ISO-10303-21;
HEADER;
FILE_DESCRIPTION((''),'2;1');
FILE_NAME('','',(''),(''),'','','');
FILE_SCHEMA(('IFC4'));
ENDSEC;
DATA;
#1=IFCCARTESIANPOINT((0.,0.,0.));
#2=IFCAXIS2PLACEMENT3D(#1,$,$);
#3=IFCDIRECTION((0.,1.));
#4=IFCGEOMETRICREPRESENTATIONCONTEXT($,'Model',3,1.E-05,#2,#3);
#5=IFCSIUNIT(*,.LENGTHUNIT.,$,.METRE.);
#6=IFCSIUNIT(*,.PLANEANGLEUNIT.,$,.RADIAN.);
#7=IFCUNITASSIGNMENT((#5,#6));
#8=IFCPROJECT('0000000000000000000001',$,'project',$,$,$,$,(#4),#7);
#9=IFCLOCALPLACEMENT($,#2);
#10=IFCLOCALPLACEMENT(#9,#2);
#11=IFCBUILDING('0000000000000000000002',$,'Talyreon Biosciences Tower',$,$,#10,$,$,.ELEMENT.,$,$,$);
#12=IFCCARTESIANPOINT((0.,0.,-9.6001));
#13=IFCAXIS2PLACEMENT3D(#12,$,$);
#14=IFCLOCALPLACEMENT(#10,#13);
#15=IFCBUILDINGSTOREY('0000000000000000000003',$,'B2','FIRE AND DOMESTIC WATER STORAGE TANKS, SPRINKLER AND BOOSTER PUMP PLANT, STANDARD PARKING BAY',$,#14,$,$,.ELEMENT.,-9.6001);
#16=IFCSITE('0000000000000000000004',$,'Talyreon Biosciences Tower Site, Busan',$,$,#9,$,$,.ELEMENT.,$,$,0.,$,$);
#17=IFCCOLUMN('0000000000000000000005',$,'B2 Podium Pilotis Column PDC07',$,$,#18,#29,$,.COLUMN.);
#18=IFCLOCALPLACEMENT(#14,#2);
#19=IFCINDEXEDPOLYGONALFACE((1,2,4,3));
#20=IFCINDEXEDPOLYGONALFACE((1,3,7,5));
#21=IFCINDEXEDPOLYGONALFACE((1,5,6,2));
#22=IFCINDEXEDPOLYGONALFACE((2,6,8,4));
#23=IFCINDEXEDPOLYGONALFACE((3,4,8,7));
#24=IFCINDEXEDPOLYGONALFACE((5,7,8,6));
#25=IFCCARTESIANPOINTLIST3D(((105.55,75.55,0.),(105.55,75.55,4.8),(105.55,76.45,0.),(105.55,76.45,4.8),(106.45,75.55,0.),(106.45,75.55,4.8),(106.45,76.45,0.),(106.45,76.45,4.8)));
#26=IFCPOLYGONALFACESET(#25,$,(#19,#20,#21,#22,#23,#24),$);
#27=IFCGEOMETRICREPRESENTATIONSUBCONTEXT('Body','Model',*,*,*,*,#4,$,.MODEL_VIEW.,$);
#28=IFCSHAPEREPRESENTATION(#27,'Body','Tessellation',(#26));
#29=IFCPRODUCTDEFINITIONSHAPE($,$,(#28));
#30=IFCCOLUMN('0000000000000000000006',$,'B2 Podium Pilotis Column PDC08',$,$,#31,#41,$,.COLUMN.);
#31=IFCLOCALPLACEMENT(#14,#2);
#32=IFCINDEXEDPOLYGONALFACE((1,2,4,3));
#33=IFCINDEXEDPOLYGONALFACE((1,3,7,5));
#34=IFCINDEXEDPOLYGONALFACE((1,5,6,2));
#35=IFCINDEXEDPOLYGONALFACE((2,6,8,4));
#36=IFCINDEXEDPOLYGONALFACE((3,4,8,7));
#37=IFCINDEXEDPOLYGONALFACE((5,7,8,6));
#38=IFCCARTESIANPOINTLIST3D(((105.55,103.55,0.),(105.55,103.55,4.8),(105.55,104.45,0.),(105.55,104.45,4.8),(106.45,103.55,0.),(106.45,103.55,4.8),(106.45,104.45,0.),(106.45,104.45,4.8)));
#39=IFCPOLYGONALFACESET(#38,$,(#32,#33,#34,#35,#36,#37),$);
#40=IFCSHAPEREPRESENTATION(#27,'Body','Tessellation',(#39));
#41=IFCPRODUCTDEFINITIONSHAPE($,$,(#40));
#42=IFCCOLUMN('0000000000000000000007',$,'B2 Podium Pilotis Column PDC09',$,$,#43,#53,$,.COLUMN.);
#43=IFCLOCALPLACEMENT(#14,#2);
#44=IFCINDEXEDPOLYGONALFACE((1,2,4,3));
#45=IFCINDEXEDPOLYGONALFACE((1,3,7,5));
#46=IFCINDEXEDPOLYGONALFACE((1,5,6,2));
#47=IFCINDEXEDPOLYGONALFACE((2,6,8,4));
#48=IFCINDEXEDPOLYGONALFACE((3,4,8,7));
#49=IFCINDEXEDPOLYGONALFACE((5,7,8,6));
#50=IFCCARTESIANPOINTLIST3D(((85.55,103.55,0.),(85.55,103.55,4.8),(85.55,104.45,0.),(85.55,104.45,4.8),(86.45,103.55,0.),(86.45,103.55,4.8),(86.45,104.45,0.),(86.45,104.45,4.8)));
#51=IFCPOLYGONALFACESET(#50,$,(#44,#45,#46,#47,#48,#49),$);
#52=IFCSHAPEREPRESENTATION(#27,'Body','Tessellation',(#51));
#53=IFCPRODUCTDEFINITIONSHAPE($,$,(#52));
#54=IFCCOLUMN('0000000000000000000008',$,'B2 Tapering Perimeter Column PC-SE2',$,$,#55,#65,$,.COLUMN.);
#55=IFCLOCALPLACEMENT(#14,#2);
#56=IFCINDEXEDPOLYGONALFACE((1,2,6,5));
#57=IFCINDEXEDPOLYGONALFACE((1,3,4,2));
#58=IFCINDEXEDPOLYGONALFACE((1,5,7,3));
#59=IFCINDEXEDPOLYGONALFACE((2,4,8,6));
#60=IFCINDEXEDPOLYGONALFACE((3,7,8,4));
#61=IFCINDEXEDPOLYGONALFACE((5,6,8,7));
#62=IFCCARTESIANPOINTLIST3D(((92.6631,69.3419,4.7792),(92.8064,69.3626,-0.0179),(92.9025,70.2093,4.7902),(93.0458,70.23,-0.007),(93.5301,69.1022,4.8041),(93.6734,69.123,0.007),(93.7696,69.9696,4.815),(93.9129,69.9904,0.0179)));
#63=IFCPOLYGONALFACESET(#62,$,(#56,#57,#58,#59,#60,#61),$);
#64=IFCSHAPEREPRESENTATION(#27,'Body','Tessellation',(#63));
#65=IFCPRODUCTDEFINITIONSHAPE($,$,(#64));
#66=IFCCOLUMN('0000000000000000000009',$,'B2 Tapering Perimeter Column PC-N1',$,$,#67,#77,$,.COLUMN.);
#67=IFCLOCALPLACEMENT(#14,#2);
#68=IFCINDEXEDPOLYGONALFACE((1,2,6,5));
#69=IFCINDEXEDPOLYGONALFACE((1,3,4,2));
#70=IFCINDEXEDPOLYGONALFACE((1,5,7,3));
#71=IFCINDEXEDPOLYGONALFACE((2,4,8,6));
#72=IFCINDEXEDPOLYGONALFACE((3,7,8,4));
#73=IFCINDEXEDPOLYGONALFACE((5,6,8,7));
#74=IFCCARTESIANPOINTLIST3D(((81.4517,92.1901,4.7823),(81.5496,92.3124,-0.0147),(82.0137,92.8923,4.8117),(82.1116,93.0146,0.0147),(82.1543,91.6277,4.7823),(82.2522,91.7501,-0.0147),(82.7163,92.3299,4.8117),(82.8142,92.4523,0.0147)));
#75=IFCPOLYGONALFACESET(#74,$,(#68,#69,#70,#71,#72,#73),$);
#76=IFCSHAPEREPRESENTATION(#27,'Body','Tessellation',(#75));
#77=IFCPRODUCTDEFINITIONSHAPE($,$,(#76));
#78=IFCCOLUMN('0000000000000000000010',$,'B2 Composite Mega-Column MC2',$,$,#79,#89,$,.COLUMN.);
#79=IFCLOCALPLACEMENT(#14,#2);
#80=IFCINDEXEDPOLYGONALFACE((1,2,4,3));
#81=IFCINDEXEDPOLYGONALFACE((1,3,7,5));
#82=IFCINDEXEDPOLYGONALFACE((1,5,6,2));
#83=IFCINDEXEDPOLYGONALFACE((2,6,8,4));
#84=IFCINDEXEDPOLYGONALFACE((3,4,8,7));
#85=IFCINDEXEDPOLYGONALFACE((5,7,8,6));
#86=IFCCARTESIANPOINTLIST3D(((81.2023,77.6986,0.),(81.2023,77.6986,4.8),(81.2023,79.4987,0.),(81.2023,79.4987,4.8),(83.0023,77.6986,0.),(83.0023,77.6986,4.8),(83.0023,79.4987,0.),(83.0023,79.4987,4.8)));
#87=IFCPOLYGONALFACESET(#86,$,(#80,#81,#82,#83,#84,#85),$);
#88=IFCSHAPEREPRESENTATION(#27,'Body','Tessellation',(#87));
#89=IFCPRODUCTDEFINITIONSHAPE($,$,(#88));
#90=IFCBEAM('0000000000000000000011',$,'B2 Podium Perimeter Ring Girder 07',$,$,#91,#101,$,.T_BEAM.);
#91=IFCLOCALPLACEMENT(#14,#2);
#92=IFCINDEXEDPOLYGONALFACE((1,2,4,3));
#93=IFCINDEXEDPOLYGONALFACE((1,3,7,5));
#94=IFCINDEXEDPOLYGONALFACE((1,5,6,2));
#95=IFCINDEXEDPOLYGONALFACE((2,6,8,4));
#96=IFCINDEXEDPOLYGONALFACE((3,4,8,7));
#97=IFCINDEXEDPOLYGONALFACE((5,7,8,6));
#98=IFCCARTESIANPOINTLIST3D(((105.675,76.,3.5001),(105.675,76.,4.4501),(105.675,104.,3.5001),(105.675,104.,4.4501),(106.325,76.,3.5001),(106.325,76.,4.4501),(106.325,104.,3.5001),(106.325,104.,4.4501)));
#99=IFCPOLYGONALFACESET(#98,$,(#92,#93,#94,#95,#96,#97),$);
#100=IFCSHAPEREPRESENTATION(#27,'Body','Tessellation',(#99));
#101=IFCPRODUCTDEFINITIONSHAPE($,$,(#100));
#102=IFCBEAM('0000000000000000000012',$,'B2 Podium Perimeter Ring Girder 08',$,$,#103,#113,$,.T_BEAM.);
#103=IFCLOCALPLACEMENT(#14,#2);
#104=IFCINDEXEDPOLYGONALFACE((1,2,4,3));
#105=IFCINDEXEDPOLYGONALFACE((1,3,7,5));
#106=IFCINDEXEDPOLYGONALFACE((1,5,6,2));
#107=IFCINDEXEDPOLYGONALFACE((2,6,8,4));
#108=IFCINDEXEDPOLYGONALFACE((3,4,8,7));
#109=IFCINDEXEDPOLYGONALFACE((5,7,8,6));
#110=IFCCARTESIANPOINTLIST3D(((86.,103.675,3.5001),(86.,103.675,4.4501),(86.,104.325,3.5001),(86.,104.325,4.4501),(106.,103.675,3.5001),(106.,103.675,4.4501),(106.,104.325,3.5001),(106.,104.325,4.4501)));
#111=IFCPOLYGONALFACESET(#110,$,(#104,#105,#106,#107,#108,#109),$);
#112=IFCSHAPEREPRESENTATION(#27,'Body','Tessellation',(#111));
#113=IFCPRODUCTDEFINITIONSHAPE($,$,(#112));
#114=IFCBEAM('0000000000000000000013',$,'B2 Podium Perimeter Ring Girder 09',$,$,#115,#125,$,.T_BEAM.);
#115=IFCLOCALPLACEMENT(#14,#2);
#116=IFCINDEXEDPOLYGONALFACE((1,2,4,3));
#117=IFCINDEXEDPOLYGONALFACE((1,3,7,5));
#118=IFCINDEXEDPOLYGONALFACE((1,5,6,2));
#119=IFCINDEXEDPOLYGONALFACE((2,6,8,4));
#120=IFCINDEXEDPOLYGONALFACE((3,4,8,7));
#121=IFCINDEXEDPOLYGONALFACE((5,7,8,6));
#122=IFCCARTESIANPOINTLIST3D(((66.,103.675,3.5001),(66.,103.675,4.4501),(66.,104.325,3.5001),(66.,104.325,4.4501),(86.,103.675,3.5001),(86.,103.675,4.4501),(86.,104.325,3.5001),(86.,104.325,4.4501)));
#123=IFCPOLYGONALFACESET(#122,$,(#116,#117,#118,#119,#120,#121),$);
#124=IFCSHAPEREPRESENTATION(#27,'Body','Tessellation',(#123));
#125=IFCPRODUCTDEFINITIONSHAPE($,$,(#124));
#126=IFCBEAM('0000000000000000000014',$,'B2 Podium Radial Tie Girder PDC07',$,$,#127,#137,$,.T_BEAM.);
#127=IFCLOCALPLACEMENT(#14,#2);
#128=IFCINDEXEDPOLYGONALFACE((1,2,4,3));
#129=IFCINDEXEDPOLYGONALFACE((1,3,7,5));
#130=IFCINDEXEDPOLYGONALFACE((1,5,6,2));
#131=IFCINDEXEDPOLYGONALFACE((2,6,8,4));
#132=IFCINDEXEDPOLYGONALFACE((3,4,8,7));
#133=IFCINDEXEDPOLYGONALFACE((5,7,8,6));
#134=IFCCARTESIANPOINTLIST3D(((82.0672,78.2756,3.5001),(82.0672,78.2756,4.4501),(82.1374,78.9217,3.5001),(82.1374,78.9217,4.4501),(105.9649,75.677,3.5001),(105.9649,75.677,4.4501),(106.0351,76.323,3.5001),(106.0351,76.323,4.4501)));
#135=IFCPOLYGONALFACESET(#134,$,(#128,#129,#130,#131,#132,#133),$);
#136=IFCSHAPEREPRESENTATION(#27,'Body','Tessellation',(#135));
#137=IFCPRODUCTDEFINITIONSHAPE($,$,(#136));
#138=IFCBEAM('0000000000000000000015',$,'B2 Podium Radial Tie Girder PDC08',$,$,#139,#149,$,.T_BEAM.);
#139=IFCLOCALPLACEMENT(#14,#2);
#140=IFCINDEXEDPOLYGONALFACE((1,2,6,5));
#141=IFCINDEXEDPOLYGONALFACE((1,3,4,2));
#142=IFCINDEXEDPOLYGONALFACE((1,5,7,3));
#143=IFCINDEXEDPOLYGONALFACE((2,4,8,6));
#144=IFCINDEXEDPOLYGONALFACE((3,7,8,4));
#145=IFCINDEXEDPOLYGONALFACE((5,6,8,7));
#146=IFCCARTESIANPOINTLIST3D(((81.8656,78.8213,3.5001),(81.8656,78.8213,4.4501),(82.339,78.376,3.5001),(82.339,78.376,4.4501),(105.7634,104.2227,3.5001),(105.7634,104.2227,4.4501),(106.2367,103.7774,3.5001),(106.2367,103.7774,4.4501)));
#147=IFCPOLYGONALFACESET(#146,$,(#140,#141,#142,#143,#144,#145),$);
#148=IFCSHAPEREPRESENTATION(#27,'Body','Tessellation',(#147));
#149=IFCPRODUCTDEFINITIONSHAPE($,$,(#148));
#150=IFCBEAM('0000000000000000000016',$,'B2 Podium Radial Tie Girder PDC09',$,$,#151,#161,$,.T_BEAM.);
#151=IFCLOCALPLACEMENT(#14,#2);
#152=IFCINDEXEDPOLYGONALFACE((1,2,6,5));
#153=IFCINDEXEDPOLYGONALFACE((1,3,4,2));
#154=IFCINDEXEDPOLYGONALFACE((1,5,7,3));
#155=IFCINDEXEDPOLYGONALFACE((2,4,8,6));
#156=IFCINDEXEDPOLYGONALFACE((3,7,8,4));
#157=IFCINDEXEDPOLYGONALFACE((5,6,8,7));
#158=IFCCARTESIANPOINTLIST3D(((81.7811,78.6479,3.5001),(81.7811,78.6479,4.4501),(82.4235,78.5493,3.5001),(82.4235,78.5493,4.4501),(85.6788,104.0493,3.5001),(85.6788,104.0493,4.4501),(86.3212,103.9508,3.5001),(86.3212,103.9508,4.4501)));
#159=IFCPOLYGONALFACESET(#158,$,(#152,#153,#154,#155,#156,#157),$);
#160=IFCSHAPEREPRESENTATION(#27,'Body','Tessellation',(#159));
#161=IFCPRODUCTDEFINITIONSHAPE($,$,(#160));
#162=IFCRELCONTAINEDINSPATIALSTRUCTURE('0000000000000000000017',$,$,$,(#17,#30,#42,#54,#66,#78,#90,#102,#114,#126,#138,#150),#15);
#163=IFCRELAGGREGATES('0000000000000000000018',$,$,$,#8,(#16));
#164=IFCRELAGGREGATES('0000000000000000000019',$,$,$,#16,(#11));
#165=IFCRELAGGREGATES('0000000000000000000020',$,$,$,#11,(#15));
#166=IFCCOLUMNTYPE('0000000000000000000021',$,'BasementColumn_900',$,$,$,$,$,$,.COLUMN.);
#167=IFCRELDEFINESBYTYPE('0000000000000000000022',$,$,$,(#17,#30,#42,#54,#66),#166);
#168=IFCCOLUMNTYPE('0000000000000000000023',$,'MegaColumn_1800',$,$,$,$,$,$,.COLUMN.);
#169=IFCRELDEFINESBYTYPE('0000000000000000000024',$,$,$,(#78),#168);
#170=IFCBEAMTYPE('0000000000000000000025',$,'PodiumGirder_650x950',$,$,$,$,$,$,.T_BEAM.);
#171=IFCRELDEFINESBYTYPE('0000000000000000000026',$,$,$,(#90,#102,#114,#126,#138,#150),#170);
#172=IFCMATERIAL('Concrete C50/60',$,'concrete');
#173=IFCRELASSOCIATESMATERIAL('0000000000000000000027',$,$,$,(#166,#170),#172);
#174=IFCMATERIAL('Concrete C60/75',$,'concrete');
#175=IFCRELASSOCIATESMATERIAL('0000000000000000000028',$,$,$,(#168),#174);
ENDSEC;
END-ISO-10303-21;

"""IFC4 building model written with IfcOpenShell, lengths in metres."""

from ifc_helpers import new_model, si_unit, direction, frame, origin, origin_2d, place, context, subcontext, project, spatial, rectangle, extrude, material, material_profile, profile_set, type_object, element, save


model = new_model("IFC4")

# Units and contexts
model_context = context("Model", 3, precision=1e-05, world=origin(), true_north=direction((0.0, 1.0)))
body_context = subcontext(model_context, "Body", "Model", "MODEL_VIEW")
ifc_project = project(units=[si_unit("LENGTHUNIT", "METRE"), si_unit("PLANEANGLEUNIT", "RADIAN")], contexts=[model_context])

# Site, building, storey
site_placement = place(None, origin())
site = spatial("IfcSite", under=ifc_project, at=site_placement, Name="Talyreon Biosciences Tower Site, Busan", CompositionType="ELEMENT", RefElevation=0.0)
building_placement = place(site_placement, origin())
building = spatial("IfcBuilding", under=site, at=building_placement, Name="Talyreon Biosciences Tower", CompositionType="ELEMENT")
storey_placement = place(building_placement, frame((0.0, 0.0, -9.6001)))
storey = spatial("IfcBuildingStorey", under=building, at=storey_placement, Name="B2", Description="FIRE AND DOMESTIC WATER STORAGE TANKS, SPRINKLER AND BOOSTER PUMP PLANT, STANDARD PARKING BAY", CompositionType="ELEMENT", Elevation=-9.6001)

# Shared definitions
ifc_material_1 = material(Name="Concrete C50/60", Category="concrete")

# Columns
ifc_material_profile_1 = material_profile(ifc_material_1, rectangle(XDim=0.8999, YDim=0.8999, at=origin_2d()), Name="RC 900x900")
ifc_profile_set_1 = profile_set([ifc_material_profile_1], Name="Concrete C50/60")
column_type_1 = type_object("IfcColumnType", Name="BasementColumn_900", PredefinedType="COLUMN", material=ifc_profile_set_1)
for number, where, z_axis, x_axis, name in (
    (1, (106.0, 76.0, 0.0), (0.0, 0.0, 1.0), (1.0, 0.0, 0.0), "B2 Podium Pilotis Column PDC07"),
    (2, (106.0, 104.0, 0.0), (0.0, 0.0, 1.0), (1.0, 0.0, 0.0), "B2 Podium Pilotis Column PDC08"),
    (3, (86.0, 104.0, 0.0), (0.0, 0.0, 1.0), (1.0, 0.0, 0.0), "B2 Podium Pilotis Column PDC09"),
):
    element("IfcColumn", number, at=place(storey_placement, frame(where, z_axis=z_axis, x_axis=x_axis)), inside=storey, type_object=column_type_1, Name=name, PredefinedType="COLUMN", context=body_context, shape_type="SweptSolid", body=[
        extrude(rectangle(XDim=0.8999, YDim=0.8999, at=origin_2d()), origin(), (0.0, 0.0, 1.0), 4.8),
    ])
column_1_placement = place(storey_placement, frame((93.3596, 69.6765, 0.0), z_axis=(-0.029861, -0.004324, 0.999545), x_axis=(0.96349, -0.266316, 0.027632)))
element("IfcColumn", 4, at=column_1_placement, inside=storey, type_object=column_type_1, Name="B2 Tapering Perimeter Column PC-SE2", PredefinedType="COLUMN", context=body_context, shape_type="SweptSolid", body=[
    extrude(rectangle(XDim=0.8999, YDim=0.8999, at=origin_2d()), origin(), (0.0, 0.0, 1.0), 4.7993),
])
column_2_placement = place(storey_placement, frame((82.1819, 92.3823, 0.0), z_axis=(-0.020397, -0.025484, 0.999467), x_axis=(-0.780717, 0.624885, 0.0)))
element("IfcColumn", 5, at=column_2_placement, inside=storey, type_object=column_type_1, Name="B2 Tapering Perimeter Column PC-N1", PredefinedType="COLUMN", context=body_context, shape_type="SweptSolid", body=[
    extrude(rectangle(XDim=0.8999, YDim=0.8999, at=origin_2d()), origin(), (0.0, 0.0, 1.0), 4.7996),
])
ifc_material_2 = material(Name="Concrete C60/75", Category="concrete")
ifc_material_profile_2 = material_profile(ifc_material_2, rectangle(XDim=1.8, YDim=1.8, at=origin_2d()), Name="RC 1800x1800")
ifc_profile_set_2 = profile_set([ifc_material_profile_2], Name="Concrete C60/75")
column_type_2 = type_object("IfcColumnType", Name="MegaColumn_1800", PredefinedType="COLUMN", material=ifc_profile_set_2)
column_3_placement = place(storey_placement, frame((82.1023, 78.5986, 0.0), z_axis=(0.0, 0.0, 1.0), x_axis=(1.0, 0.0, 0.0)))
element("IfcColumn", 6, at=column_3_placement, inside=storey, type_object=column_type_2, Name="B2 Composite Mega-Column MC2", PredefinedType="COLUMN", context=body_context, shape_type="SweptSolid", body=[
    extrude(rectangle(XDim=1.8, YDim=1.8, at=origin_2d()), origin(), (0.0, 0.0, 1.0), 4.8),
])

# Beams
ifc_material_profile_3 = material_profile(ifc_material_1, rectangle(XDim=0.6499, YDim=0.95, at=origin_2d()), Name="RCB 650x950")
ifc_profile_set_3 = profile_set([ifc_material_profile_3], Name="Concrete C50/60")
beam_type_1 = type_object("IfcBeamType", Name="PodiumGirder_650x950", PredefinedType="T_BEAM", material=ifc_profile_set_3)
beam_1_placement = place(storey_placement, frame((106.0, 76.0, 3.9751), z_axis=(0.0, 1.0, 0.0), x_axis=(-1.0, 0.0, 0.0)))
element("IfcBeam", 7, at=beam_1_placement, inside=storey, type_object=beam_type_1, Name="B2 Podium Perimeter Ring Girder 07", PredefinedType="T_BEAM", context=body_context, shape_type="SweptSolid", body=[
    extrude(rectangle(XDim=0.6499, YDim=0.95, at=origin_2d()), origin(), (0.0, 0.0, 1.0), 28.0),
])
for number, where, z_axis, x_axis, name in (
    (8, (106.0, 104.0, 3.9751), (-1.0, 0.0, 0.0), (0.0, -1.0, 0.0), "B2 Podium Perimeter Ring Girder 08"),
    (9, (86.0, 104.0, 3.9751), (-1.0, 0.0, 0.0), (0.0, -1.0, 0.0), "B2 Podium Perimeter Ring Girder 09"),
):
    element("IfcBeam", number, at=place(storey_placement, frame(where, z_axis=z_axis, x_axis=x_axis)), inside=storey, type_object=beam_type_1, Name=name, PredefinedType="T_BEAM", context=body_context, shape_type="SweptSolid", body=[
        extrude(rectangle(XDim=0.6499, YDim=0.95, at=origin_2d()), origin(), (0.0, 0.0, 1.0), 20.0),
    ])
beam_2_placement = place(storey_placement, frame((82.1023, 78.5986, 3.9751), z_axis=(0.99414, -0.108103, 0.0), x_axis=(0.108103, 0.99414, 0.0)))
element("IfcBeam", 10, at=beam_2_placement, inside=storey, type_object=beam_type_1, Name="B2 Podium Radial Tie Girder PDC07", PredefinedType="T_BEAM", context=body_context, shape_type="SweptSolid", body=[
    extrude(rectangle(XDim=0.6499, YDim=0.95, at=origin_2d()), origin(), (0.0, 0.0, 1.0), 24.0386),
])
beam_3_placement = place(storey_placement, frame((82.1023, 78.5986, 3.9751), z_axis=(0.685221, 0.728335, 0.0), x_axis=(-0.728335, 0.685221, 0.0)))
element("IfcBeam", 11, at=beam_3_placement, inside=storey, type_object=beam_type_1, Name="B2 Podium Radial Tie Girder PDC08", PredefinedType="T_BEAM", context=body_context, shape_type="SweptSolid", body=[
    extrude(rectangle(XDim=0.6499, YDim=0.95, at=origin_2d()), origin(), (0.0, 0.0, 1.0), 34.876),
])
beam_4_placement = place(storey_placement, frame((82.1023, 78.5986, 3.9751), z_axis=(0.15167, 0.988431, 0.0), x_axis=(-0.988431, 0.15167, 0.0)))
element("IfcBeam", 12, at=beam_4_placement, inside=storey, type_object=beam_type_1, Name="B2 Podium Radial Tie Girder PDC09", PredefinedType="T_BEAM", context=body_context, shape_type="SweptSolid", body=[
    extrude(rectangle(XDim=0.6499, YDim=0.95, at=origin_2d()), origin(), (0.0, 0.0, 1.0), 25.6987),
])

save(model, "model.ifc")
